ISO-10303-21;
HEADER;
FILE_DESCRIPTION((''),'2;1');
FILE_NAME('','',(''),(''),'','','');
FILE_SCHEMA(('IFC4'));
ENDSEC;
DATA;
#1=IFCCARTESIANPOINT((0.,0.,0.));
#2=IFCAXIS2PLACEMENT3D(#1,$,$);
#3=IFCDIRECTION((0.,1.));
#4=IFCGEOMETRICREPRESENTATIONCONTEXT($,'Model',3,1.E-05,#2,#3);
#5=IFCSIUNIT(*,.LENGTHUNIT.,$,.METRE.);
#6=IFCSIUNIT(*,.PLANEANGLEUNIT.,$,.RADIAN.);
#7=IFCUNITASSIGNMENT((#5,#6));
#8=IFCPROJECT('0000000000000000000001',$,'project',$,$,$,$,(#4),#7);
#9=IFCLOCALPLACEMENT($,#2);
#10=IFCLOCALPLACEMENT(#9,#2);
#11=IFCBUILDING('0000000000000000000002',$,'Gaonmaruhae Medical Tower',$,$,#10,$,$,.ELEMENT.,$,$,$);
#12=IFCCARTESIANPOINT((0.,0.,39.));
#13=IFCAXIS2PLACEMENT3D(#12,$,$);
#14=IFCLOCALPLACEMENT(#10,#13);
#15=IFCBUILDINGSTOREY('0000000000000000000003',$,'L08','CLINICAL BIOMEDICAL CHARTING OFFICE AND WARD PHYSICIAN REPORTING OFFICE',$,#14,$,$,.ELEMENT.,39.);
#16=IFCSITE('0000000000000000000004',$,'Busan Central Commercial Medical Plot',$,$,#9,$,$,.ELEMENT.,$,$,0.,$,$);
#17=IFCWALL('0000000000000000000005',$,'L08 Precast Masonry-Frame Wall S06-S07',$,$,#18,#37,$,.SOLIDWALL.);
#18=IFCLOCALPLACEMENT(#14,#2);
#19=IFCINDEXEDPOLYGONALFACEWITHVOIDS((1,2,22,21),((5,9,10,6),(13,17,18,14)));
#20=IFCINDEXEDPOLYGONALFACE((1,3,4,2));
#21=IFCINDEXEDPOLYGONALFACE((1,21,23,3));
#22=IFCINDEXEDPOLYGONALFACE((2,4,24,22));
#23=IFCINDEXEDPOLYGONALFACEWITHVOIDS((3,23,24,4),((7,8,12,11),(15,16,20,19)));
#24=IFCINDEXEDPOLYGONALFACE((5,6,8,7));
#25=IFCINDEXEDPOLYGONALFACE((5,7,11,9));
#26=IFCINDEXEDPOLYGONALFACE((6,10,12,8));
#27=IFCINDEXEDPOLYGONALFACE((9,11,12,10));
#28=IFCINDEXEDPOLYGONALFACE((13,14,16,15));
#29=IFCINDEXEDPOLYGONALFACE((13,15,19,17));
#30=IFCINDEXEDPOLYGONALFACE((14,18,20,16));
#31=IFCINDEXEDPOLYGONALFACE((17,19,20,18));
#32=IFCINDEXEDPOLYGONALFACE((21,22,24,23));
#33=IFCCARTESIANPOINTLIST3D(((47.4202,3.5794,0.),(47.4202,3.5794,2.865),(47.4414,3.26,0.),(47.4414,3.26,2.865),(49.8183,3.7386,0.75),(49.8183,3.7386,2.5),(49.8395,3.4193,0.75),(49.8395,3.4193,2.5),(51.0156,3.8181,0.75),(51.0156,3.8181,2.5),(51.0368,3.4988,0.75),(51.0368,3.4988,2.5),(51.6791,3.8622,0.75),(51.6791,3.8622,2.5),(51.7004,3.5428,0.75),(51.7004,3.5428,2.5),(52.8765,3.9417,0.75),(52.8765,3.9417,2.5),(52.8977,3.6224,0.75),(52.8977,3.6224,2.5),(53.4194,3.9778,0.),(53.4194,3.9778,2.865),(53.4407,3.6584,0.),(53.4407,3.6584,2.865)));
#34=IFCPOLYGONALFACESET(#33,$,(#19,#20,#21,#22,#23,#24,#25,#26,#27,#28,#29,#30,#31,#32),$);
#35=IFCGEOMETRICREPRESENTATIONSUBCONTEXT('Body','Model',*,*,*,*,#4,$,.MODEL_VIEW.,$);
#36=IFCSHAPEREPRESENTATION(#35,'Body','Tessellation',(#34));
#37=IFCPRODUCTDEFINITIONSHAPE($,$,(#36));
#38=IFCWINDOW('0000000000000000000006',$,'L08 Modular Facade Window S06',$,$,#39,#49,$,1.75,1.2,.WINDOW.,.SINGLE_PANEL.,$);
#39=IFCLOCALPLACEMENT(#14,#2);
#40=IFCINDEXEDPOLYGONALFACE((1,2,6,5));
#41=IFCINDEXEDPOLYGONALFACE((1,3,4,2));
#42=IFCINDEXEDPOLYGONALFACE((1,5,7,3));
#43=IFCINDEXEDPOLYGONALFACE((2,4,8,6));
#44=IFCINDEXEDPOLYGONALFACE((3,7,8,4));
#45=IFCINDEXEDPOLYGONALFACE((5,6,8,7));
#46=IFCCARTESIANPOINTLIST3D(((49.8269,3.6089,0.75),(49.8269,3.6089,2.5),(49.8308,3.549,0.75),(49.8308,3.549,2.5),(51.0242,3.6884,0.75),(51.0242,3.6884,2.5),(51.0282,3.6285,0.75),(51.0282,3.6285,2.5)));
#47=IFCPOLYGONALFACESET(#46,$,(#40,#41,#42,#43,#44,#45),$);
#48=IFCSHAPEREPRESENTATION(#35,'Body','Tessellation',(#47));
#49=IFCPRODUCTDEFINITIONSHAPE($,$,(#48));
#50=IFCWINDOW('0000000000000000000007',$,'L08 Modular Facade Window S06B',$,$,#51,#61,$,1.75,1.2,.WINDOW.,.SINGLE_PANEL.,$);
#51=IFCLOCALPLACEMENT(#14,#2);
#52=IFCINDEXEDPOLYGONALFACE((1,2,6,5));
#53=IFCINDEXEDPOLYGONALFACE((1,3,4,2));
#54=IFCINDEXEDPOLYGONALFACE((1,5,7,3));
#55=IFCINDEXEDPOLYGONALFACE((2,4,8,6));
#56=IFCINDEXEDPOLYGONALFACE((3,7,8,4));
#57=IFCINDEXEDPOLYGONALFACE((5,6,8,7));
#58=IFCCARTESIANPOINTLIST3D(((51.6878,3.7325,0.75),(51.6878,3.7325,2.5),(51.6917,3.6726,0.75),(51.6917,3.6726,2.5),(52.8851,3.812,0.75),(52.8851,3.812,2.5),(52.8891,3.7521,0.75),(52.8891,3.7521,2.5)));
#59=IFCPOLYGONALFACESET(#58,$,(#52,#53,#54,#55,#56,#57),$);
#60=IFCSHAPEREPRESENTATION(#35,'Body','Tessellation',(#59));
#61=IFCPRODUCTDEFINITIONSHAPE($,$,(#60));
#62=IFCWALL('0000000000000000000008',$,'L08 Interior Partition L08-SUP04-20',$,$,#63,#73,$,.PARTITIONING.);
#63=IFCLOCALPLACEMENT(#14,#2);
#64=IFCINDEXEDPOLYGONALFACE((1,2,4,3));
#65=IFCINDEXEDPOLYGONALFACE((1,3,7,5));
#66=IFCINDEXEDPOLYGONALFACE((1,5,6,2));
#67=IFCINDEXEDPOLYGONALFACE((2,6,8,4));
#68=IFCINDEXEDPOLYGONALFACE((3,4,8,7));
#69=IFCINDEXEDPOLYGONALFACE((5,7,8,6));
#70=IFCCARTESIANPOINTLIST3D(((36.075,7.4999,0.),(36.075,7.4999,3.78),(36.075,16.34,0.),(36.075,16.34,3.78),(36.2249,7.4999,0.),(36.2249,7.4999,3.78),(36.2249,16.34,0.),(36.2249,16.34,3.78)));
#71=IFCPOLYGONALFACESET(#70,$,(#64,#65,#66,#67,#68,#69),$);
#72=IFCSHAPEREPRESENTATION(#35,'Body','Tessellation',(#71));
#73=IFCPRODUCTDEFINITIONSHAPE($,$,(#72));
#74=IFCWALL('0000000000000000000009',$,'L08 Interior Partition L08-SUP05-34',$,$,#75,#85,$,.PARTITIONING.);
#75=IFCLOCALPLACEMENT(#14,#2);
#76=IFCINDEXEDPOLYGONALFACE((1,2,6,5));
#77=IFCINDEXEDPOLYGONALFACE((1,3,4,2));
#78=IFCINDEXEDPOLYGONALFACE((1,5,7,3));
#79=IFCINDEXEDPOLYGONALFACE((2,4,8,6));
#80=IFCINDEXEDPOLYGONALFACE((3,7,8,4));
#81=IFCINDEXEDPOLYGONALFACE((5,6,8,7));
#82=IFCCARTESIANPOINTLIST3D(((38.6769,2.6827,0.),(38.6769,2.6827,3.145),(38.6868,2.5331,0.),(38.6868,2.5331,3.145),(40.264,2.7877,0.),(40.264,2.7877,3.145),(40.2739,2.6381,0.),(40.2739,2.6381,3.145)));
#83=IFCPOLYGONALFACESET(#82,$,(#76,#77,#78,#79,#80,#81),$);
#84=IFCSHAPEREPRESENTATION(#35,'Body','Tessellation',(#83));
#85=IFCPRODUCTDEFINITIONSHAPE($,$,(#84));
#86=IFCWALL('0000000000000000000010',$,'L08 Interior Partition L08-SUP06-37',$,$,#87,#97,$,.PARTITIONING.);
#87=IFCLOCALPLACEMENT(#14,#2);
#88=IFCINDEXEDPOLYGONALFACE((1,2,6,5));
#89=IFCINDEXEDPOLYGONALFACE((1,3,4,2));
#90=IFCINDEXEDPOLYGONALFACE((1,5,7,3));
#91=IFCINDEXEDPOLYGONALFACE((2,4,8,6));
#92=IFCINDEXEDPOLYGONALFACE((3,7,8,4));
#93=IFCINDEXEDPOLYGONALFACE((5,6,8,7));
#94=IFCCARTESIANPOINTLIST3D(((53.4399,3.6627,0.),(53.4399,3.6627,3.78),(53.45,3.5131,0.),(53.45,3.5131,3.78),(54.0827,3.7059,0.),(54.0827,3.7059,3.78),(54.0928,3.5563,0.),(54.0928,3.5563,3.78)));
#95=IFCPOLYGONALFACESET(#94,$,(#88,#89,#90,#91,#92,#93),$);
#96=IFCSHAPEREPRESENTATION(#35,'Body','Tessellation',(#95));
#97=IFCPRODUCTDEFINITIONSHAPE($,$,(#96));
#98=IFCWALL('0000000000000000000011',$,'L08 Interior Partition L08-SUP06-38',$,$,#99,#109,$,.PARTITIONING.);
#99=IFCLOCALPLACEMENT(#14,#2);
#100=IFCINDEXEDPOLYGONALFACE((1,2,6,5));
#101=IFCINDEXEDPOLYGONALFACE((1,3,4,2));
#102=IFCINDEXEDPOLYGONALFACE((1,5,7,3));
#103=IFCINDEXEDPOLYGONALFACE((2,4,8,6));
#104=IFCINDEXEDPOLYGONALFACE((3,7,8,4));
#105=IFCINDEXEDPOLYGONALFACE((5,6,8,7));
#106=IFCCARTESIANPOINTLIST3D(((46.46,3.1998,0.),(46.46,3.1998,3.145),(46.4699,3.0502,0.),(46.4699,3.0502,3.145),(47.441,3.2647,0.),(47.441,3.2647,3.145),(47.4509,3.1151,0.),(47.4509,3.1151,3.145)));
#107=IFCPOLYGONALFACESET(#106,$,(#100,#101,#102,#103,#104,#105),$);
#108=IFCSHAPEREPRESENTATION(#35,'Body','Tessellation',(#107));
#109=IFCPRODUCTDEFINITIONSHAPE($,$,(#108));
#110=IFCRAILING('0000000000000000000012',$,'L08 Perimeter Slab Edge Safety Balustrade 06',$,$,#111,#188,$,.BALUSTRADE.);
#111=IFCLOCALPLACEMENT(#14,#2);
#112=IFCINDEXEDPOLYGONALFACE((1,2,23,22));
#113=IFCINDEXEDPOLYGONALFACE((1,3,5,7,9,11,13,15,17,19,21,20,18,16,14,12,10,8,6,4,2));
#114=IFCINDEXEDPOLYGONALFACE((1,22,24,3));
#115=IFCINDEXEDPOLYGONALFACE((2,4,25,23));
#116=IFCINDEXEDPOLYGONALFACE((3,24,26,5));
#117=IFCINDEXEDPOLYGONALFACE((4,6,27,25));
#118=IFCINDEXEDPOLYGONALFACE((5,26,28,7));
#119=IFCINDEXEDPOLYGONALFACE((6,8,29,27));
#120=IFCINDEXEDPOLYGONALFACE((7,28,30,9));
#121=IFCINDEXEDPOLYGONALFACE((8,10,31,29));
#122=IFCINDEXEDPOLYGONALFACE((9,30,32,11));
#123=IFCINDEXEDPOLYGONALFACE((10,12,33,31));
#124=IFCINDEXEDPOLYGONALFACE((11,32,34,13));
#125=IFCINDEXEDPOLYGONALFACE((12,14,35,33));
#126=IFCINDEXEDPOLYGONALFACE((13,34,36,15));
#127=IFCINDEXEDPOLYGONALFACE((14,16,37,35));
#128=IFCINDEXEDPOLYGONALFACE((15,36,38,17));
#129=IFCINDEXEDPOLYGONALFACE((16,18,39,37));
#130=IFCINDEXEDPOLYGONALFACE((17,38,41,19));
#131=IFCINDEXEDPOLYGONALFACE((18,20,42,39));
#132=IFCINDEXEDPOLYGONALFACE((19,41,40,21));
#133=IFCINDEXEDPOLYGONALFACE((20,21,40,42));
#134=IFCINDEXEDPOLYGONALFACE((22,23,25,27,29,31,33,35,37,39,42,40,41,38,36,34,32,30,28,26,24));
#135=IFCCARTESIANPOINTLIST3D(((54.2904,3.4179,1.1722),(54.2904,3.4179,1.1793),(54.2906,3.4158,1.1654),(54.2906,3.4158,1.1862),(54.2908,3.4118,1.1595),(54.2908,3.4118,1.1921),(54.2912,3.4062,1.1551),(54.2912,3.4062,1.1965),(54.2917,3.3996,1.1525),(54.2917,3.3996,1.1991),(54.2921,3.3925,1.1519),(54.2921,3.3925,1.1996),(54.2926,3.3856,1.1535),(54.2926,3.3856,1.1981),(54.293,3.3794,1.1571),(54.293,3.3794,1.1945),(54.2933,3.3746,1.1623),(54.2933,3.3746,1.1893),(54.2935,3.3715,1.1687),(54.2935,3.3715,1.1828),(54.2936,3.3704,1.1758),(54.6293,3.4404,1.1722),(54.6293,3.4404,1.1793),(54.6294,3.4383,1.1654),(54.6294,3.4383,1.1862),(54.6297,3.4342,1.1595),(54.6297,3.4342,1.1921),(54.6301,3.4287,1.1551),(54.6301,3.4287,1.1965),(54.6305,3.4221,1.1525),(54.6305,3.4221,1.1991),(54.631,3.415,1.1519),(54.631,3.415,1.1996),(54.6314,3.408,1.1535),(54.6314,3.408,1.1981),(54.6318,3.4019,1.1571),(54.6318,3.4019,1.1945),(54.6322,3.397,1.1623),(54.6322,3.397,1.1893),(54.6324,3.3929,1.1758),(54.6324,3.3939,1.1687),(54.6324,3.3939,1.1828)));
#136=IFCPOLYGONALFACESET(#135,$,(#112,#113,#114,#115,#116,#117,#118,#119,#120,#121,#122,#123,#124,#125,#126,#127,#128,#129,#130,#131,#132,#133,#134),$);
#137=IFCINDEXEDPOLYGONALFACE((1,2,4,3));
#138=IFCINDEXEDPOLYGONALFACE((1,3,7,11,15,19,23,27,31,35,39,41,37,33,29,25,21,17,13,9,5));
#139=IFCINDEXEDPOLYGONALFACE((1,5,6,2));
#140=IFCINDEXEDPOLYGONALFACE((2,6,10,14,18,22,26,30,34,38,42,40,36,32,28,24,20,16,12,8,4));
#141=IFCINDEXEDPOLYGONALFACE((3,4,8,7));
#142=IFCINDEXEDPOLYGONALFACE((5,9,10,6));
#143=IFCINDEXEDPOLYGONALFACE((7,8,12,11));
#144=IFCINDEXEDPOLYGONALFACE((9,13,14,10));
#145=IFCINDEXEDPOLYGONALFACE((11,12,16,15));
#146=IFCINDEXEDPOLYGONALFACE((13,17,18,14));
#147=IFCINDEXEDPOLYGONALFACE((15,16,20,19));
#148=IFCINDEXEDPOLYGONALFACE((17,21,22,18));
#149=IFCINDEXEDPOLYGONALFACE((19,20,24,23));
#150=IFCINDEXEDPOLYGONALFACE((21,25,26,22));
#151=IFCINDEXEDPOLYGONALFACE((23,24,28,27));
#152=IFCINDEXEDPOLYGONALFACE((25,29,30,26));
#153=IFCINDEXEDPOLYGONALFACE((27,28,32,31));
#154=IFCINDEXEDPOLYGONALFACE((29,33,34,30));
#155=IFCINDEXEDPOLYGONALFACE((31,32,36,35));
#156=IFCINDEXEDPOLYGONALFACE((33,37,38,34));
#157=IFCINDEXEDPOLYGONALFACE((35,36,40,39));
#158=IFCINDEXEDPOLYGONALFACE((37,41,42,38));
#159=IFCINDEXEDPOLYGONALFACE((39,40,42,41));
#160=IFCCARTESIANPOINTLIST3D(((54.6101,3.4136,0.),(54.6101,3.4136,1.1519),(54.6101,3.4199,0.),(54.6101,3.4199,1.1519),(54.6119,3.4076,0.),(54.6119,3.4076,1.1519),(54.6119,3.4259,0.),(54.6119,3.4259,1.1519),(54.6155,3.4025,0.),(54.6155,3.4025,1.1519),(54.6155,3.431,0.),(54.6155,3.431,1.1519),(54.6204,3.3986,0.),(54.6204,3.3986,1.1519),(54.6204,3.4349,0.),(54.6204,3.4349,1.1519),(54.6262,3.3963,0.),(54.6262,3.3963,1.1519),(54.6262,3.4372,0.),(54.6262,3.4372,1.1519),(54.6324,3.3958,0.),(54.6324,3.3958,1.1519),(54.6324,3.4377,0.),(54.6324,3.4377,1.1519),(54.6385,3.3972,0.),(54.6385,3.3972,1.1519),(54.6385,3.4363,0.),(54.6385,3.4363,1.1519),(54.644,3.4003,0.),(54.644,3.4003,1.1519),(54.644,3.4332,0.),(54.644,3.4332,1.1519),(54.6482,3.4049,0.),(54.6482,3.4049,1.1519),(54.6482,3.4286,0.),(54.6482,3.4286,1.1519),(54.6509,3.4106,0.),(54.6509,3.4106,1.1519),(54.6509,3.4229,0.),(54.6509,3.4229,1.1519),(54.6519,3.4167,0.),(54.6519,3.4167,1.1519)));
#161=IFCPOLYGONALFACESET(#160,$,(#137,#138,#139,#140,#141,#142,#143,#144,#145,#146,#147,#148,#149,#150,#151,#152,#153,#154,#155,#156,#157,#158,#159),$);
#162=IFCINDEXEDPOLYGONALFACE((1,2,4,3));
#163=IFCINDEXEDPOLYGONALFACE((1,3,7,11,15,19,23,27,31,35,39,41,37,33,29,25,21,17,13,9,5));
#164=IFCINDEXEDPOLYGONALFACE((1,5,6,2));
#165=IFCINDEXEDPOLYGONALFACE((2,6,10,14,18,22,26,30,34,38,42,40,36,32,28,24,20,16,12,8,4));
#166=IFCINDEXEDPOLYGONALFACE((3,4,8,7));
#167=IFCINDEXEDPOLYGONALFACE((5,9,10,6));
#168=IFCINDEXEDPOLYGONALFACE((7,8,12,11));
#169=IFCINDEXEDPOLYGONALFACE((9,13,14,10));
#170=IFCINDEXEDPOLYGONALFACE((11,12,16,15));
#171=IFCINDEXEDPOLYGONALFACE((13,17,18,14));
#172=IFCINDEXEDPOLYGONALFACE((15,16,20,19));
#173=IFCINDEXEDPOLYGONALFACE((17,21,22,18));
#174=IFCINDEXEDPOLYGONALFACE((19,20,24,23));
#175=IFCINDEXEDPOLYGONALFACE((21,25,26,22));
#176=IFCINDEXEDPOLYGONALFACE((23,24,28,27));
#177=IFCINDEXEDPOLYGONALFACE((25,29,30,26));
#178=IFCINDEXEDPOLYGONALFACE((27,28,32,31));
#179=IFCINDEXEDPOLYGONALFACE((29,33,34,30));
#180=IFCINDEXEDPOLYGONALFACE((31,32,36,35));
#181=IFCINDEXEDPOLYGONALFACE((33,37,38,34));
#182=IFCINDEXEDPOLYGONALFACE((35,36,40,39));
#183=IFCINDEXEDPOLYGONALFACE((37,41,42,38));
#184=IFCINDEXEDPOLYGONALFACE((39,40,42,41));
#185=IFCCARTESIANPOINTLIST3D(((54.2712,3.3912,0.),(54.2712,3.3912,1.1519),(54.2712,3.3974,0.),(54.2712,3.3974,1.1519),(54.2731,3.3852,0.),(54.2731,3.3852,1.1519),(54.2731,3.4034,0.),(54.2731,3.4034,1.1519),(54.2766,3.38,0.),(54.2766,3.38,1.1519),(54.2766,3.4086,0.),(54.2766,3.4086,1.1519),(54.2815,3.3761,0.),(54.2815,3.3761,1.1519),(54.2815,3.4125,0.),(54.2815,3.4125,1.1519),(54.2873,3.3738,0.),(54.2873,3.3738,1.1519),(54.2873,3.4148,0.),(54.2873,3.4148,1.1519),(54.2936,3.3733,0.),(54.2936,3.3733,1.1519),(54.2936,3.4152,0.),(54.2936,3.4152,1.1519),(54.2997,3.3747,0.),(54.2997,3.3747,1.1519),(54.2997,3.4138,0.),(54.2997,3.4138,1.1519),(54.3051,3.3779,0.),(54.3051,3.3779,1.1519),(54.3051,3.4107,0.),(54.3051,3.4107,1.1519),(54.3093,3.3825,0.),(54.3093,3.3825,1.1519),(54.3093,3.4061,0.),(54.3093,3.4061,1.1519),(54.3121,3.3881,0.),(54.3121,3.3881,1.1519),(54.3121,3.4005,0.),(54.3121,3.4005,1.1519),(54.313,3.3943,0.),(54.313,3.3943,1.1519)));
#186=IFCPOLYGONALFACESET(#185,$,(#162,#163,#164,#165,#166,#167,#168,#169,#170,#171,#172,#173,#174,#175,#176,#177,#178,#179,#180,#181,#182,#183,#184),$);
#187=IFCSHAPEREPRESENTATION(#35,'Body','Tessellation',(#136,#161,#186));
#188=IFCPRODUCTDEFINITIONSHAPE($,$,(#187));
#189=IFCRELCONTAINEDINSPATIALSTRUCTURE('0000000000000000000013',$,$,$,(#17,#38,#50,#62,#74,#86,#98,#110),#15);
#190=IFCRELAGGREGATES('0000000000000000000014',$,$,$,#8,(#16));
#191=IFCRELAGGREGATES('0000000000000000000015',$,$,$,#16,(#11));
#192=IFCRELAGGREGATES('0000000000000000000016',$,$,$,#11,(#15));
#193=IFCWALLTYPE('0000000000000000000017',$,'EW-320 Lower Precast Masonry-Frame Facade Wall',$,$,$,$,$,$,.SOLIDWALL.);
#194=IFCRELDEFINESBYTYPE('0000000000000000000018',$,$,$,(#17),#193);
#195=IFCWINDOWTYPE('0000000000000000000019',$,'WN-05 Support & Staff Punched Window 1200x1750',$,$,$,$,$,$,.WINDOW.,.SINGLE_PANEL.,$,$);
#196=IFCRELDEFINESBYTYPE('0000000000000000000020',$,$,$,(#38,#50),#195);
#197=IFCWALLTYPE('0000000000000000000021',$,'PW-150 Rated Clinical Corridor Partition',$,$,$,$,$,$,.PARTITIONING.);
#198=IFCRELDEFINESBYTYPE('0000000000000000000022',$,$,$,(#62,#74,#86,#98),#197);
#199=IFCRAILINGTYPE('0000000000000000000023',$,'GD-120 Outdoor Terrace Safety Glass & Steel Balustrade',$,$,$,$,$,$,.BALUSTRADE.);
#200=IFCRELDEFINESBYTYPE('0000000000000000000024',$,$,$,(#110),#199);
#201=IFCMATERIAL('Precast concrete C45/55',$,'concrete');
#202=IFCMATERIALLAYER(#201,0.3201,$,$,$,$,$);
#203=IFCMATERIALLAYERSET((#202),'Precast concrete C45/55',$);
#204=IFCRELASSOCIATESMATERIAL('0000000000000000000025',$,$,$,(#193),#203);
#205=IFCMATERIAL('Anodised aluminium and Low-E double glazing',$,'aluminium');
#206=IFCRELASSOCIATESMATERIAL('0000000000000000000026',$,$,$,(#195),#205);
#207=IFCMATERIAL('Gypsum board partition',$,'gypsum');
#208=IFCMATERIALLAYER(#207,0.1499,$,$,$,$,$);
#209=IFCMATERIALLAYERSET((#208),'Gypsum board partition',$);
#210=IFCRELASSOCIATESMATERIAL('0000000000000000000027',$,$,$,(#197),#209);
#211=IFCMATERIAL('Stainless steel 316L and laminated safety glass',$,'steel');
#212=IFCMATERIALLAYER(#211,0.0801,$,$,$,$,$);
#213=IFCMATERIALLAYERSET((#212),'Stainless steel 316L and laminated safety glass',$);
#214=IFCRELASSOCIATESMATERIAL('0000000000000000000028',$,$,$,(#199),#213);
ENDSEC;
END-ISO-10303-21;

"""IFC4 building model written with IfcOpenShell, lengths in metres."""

from ifc_helpers import new_model, si_unit, direction, frame, frame_2d, origin, origin_2d, place, context, subcontext, project, spatial, rectangle, circle, extrude, material, layer, layer_set, type_object, element, fill, save


model = new_model("IFC4")

# Units and contexts
model_context = context("Model", 3, precision=1e-05, world=origin(), true_north=direction((0.0, 1.0)))
body_context = subcontext(model_context, "Body", "Model", "MODEL_VIEW")
ifc_project = project(units=[si_unit("LENGTHUNIT", "METRE"), si_unit("PLANEANGLEUNIT", "RADIAN")], contexts=[model_context])

# Site, building, storey
site_placement = place(None, origin())
site = spatial("IfcSite", under=ifc_project, at=site_placement, Name="Busan Central Commercial Medical Plot", CompositionType="ELEMENT", RefElevation=0.0)
building_placement = place(site_placement, origin())
building = spatial("IfcBuilding", under=site, at=building_placement, Name="Gaonmaruhae Medical Tower", CompositionType="ELEMENT")
storey_placement = place(building_placement, frame((0.0, 0.0, 39.0)))
storey = spatial("IfcBuildingStorey", under=building, at=storey_placement, Name="L08", Description="CLINICAL BIOMEDICAL CHARTING OFFICE AND WARD PHYSICIAN REPORTING OFFICE", CompositionType="ELEMENT", Elevation=39.0)

# Shared definitions
ifc_material_1 = material(Name="Precast concrete C45/55", Category="concrete")

# Shared definitions
ifc_layer_1 = layer(ifc_material_1, 0.3201)
ifc_layer_set_1 = layer_set([ifc_layer_1], Name="Precast concrete C45/55")
wall_type_1 = type_object("IfcWallType", Name="EW-320 Lower Precast Masonry-Frame Facade Wall", PredefinedType="SOLIDWALL", material=ifc_layer_set_1)
ifc_material_2 = material(Name="Anodised aluminium and Low-E double glazing", Category="aluminium")

# Wall, openings, windows
wall_1_placement = place(storey_placement, frame((53.4302, 3.8181, 0.0), z_axis=(0.0, 0.0, 1.0), x_axis=(-0.997802, -0.066268, 0.0)))
wall_1 = element("IfcWall", 1, at=wall_1_placement, inside=storey, type_object=wall_type_1, Name="L08 Precast Masonry-Frame Wall S06-S07", PredefinedType="SOLIDWALL", context=body_context, shape_type="SweptSolid", body=[
    extrude(rectangle(XDim=6.0125, YDim=0.3201, at=frame_2d((3.0063, 0.0))), origin(), (0.0, 0.0, 1.0), 2.865),
])
opening_1_placement = place(wall_1_placement, frame((2.4092, 0.0, 0.75)))
opening_1 = element("IfcOpeningElement", 2, at=opening_1_placement, cuts=wall_1, PredefinedType="OPENING", context=body_context, shape_type="SweptSolid", body=[
    extrude(rectangle(XDim=1.2, YDim=1.75, at=frame_2d((0.6001, 0.875))), frame((0.0, 0.1699, 0.0), z_axis=(0.0, -1.0, 0.0), x_axis=(1.0, 0.0, 0.0)), (0.0, 0.0, 1.0), 0.3401),
])
opening_2_placement = place(wall_1_placement, frame((0.5442, 0.0, 0.75)))
opening_2 = element("IfcOpeningElement", 3, at=opening_2_placement, cuts=wall_1, PredefinedType="OPENING", context=body_context, shape_type="SweptSolid", body=[
    extrude(rectangle(XDim=1.2, YDim=1.75, at=frame_2d((0.6001, 0.875))), frame((0.0, 0.1699, 0.0), z_axis=(0.0, -1.0, 0.0), x_axis=(1.0, 0.0, 0.0)), (0.0, 0.0, 1.0), 0.3401),
])
window_type_1 = type_object("IfcWindowType", Name="WN-05 Support & Staff Punched Window 1200x1750", PartitioningType="SINGLE_PANEL", PredefinedType="WINDOW", material=ifc_material_2)
window_1_placement = place(opening_1_placement, origin())
window_1 = element("IfcWindow", 4, at=window_1_placement, inside=storey, type_object=window_type_1, Name="L08 Modular Facade Window S06", OverallHeight=1.75, OverallWidth=1.2, PartitioningType="SINGLE_PANEL", PredefinedType="WINDOW", context=body_context, shape_type="SweptSolid", body=[
    extrude(rectangle(XDim=1.2, YDim=1.75, at=frame_2d((0.6001, 0.875))), frame((0.0, 0.03, 0.0), z_axis=(0.0, -1.0, 0.0), x_axis=(1.0, 0.0, 0.0)), (0.0, 0.0, 1.0), 0.0601),
])
fill(opening_1, window_1)
window_2_placement = place(opening_2_placement, origin())
window_2 = element("IfcWindow", 5, at=window_2_placement, inside=storey, type_object=window_type_1, Name="L08 Modular Facade Window S06B", OverallHeight=1.75, OverallWidth=1.2, PartitioningType="SINGLE_PANEL", PredefinedType="WINDOW", context=body_context, shape_type="SweptSolid", body=[
    extrude(rectangle(XDim=1.2, YDim=1.75, at=frame_2d((0.6001, 0.875))), frame((0.0, 0.03, 0.0), z_axis=(0.0, -1.0, 0.0), x_axis=(1.0, 0.0, 0.0)), (0.0, 0.0, 1.0), 0.0601),
])
fill(opening_2, window_2)

# Walls
ifc_material_3 = material(Name="Gypsum board partition", Category="gypsum")
ifc_layer_2 = layer(ifc_material_3, 0.1499)
ifc_layer_set_2 = layer_set([ifc_layer_2], Name="Gypsum board partition")
wall_type_2 = type_object("IfcWallType", Name="PW-150 Rated Clinical Corridor Partition", PredefinedType="PARTITIONING", material=ifc_layer_set_2)
wall_2_placement = place(storey_placement, frame((36.1499, 7.5, 0.0), z_axis=(0.0, 0.0, 1.0), x_axis=(0.0, 1.0, 0.0)))
element("IfcWall", 6, at=wall_2_placement, inside=storey, type_object=wall_type_2, Name="L08 Interior Partition L08-SUP04-20", PredefinedType="PARTITIONING", context=body_context, shape_type="SweptSolid", body=[
    extrude(rectangle(XDim=8.8401, YDim=0.1499, at=frame_2d((4.4199, 0.0))), origin(), (0.0, 0.0, 1.0), 3.78),
])
wall_3_placement = place(storey_placement, frame((40.269, 2.7129, 0.0), z_axis=(0.0, 0.0, 1.0), x_axis=(-0.99782, -0.065999, 0.0)))
element("IfcWall", 7, at=wall_3_placement, inside=storey, type_object=wall_type_2, Name="L08 Interior Partition L08-SUP05-34", PredefinedType="PARTITIONING", context=body_context, shape_type="SweptSolid", body=[
    extrude(rectangle(XDim=1.5906, YDim=0.1499, at=frame_2d((0.7954, 0.0))), origin(), (0.0, 0.0, 1.0), 3.145),
])
wall_4_placement = place(storey_placement, frame((54.0879, 3.6311, 0.0), z_axis=(0.0, 0.0, 1.0), x_axis=(-0.997748, -0.067072, 0.0)))
element("IfcWall", 8, at=wall_4_placement, inside=storey, type_object=wall_type_2, Name="L08 Interior Partition L08-SUP06-37", PredefinedType="PARTITIONING", context=body_context, shape_type="SweptSolid", body=[
    extrude(rectangle(XDim=0.6443, YDim=0.1499, at=frame_2d((0.3223, 0.0))), origin(), (0.0, 0.0, 1.0), 3.78),
])
wall_5_placement = place(storey_placement, frame((47.446, 3.1899, 0.0), z_axis=(0.0, 0.0, 1.0), x_axis=(-0.997816, -0.066057, 0.0)))
element("IfcWall", 9, at=wall_5_placement, inside=storey, type_object=wall_type_2, Name="L08 Interior Partition L08-SUP06-38", PredefinedType="PARTITIONING", context=body_context, shape_type="SweptSolid", body=[
    extrude(rectangle(XDim=0.9832, YDim=0.1499, at=frame_2d((0.4917, 0.0))), origin(), (0.0, 0.0, 1.0), 3.145),
])

# Railing
ifc_material_4 = material(Name="Stainless steel 316L and laminated safety glass", Category="steel")
ifc_layer_3 = layer(ifc_material_4, 0.0801)
ifc_layer_set_3 = layer_set([ifc_layer_3], Name="Stainless steel 316L and laminated safety glass")
railing_type = type_object("IfcRailingType", Name="GD-120 Outdoor Terrace Safety Glass & Steel Balustrade", PredefinedType="BALUSTRADE", material=ifc_layer_set_3)
railing_placement = place(storey_placement, frame((54.6309, 3.4167, 0.0)))
element("IfcRailing", 10, at=railing_placement, inside=storey, type_object=railing_type, Name="L08 Perimeter Slab Edge Safety Balustrade 06", PredefinedType="BALUSTRADE", context=body_context, shape_type="SweptSolid", body=[
    extrude(circle(Radius=0.0239, at=origin_2d()), frame((0.0, 0.0, 1.1758), z_axis=(-0.997811, -0.066137, 0.0), x_axis=(0.066137, -0.997811, 0.0)), (0.0, 0.0, 1.0), 0.3396),
    extrude(circle(Radius=0.021, at=origin_2d()), origin(), (0.0, 0.0, 1.0), 1.1519),
    extrude(circle(Radius=0.021, at=origin_2d()), frame((-0.3389, -0.0225, 0.0)), (0.0, 0.0, 1.0), 1.1519),
])

save(model, "model.ifc")
